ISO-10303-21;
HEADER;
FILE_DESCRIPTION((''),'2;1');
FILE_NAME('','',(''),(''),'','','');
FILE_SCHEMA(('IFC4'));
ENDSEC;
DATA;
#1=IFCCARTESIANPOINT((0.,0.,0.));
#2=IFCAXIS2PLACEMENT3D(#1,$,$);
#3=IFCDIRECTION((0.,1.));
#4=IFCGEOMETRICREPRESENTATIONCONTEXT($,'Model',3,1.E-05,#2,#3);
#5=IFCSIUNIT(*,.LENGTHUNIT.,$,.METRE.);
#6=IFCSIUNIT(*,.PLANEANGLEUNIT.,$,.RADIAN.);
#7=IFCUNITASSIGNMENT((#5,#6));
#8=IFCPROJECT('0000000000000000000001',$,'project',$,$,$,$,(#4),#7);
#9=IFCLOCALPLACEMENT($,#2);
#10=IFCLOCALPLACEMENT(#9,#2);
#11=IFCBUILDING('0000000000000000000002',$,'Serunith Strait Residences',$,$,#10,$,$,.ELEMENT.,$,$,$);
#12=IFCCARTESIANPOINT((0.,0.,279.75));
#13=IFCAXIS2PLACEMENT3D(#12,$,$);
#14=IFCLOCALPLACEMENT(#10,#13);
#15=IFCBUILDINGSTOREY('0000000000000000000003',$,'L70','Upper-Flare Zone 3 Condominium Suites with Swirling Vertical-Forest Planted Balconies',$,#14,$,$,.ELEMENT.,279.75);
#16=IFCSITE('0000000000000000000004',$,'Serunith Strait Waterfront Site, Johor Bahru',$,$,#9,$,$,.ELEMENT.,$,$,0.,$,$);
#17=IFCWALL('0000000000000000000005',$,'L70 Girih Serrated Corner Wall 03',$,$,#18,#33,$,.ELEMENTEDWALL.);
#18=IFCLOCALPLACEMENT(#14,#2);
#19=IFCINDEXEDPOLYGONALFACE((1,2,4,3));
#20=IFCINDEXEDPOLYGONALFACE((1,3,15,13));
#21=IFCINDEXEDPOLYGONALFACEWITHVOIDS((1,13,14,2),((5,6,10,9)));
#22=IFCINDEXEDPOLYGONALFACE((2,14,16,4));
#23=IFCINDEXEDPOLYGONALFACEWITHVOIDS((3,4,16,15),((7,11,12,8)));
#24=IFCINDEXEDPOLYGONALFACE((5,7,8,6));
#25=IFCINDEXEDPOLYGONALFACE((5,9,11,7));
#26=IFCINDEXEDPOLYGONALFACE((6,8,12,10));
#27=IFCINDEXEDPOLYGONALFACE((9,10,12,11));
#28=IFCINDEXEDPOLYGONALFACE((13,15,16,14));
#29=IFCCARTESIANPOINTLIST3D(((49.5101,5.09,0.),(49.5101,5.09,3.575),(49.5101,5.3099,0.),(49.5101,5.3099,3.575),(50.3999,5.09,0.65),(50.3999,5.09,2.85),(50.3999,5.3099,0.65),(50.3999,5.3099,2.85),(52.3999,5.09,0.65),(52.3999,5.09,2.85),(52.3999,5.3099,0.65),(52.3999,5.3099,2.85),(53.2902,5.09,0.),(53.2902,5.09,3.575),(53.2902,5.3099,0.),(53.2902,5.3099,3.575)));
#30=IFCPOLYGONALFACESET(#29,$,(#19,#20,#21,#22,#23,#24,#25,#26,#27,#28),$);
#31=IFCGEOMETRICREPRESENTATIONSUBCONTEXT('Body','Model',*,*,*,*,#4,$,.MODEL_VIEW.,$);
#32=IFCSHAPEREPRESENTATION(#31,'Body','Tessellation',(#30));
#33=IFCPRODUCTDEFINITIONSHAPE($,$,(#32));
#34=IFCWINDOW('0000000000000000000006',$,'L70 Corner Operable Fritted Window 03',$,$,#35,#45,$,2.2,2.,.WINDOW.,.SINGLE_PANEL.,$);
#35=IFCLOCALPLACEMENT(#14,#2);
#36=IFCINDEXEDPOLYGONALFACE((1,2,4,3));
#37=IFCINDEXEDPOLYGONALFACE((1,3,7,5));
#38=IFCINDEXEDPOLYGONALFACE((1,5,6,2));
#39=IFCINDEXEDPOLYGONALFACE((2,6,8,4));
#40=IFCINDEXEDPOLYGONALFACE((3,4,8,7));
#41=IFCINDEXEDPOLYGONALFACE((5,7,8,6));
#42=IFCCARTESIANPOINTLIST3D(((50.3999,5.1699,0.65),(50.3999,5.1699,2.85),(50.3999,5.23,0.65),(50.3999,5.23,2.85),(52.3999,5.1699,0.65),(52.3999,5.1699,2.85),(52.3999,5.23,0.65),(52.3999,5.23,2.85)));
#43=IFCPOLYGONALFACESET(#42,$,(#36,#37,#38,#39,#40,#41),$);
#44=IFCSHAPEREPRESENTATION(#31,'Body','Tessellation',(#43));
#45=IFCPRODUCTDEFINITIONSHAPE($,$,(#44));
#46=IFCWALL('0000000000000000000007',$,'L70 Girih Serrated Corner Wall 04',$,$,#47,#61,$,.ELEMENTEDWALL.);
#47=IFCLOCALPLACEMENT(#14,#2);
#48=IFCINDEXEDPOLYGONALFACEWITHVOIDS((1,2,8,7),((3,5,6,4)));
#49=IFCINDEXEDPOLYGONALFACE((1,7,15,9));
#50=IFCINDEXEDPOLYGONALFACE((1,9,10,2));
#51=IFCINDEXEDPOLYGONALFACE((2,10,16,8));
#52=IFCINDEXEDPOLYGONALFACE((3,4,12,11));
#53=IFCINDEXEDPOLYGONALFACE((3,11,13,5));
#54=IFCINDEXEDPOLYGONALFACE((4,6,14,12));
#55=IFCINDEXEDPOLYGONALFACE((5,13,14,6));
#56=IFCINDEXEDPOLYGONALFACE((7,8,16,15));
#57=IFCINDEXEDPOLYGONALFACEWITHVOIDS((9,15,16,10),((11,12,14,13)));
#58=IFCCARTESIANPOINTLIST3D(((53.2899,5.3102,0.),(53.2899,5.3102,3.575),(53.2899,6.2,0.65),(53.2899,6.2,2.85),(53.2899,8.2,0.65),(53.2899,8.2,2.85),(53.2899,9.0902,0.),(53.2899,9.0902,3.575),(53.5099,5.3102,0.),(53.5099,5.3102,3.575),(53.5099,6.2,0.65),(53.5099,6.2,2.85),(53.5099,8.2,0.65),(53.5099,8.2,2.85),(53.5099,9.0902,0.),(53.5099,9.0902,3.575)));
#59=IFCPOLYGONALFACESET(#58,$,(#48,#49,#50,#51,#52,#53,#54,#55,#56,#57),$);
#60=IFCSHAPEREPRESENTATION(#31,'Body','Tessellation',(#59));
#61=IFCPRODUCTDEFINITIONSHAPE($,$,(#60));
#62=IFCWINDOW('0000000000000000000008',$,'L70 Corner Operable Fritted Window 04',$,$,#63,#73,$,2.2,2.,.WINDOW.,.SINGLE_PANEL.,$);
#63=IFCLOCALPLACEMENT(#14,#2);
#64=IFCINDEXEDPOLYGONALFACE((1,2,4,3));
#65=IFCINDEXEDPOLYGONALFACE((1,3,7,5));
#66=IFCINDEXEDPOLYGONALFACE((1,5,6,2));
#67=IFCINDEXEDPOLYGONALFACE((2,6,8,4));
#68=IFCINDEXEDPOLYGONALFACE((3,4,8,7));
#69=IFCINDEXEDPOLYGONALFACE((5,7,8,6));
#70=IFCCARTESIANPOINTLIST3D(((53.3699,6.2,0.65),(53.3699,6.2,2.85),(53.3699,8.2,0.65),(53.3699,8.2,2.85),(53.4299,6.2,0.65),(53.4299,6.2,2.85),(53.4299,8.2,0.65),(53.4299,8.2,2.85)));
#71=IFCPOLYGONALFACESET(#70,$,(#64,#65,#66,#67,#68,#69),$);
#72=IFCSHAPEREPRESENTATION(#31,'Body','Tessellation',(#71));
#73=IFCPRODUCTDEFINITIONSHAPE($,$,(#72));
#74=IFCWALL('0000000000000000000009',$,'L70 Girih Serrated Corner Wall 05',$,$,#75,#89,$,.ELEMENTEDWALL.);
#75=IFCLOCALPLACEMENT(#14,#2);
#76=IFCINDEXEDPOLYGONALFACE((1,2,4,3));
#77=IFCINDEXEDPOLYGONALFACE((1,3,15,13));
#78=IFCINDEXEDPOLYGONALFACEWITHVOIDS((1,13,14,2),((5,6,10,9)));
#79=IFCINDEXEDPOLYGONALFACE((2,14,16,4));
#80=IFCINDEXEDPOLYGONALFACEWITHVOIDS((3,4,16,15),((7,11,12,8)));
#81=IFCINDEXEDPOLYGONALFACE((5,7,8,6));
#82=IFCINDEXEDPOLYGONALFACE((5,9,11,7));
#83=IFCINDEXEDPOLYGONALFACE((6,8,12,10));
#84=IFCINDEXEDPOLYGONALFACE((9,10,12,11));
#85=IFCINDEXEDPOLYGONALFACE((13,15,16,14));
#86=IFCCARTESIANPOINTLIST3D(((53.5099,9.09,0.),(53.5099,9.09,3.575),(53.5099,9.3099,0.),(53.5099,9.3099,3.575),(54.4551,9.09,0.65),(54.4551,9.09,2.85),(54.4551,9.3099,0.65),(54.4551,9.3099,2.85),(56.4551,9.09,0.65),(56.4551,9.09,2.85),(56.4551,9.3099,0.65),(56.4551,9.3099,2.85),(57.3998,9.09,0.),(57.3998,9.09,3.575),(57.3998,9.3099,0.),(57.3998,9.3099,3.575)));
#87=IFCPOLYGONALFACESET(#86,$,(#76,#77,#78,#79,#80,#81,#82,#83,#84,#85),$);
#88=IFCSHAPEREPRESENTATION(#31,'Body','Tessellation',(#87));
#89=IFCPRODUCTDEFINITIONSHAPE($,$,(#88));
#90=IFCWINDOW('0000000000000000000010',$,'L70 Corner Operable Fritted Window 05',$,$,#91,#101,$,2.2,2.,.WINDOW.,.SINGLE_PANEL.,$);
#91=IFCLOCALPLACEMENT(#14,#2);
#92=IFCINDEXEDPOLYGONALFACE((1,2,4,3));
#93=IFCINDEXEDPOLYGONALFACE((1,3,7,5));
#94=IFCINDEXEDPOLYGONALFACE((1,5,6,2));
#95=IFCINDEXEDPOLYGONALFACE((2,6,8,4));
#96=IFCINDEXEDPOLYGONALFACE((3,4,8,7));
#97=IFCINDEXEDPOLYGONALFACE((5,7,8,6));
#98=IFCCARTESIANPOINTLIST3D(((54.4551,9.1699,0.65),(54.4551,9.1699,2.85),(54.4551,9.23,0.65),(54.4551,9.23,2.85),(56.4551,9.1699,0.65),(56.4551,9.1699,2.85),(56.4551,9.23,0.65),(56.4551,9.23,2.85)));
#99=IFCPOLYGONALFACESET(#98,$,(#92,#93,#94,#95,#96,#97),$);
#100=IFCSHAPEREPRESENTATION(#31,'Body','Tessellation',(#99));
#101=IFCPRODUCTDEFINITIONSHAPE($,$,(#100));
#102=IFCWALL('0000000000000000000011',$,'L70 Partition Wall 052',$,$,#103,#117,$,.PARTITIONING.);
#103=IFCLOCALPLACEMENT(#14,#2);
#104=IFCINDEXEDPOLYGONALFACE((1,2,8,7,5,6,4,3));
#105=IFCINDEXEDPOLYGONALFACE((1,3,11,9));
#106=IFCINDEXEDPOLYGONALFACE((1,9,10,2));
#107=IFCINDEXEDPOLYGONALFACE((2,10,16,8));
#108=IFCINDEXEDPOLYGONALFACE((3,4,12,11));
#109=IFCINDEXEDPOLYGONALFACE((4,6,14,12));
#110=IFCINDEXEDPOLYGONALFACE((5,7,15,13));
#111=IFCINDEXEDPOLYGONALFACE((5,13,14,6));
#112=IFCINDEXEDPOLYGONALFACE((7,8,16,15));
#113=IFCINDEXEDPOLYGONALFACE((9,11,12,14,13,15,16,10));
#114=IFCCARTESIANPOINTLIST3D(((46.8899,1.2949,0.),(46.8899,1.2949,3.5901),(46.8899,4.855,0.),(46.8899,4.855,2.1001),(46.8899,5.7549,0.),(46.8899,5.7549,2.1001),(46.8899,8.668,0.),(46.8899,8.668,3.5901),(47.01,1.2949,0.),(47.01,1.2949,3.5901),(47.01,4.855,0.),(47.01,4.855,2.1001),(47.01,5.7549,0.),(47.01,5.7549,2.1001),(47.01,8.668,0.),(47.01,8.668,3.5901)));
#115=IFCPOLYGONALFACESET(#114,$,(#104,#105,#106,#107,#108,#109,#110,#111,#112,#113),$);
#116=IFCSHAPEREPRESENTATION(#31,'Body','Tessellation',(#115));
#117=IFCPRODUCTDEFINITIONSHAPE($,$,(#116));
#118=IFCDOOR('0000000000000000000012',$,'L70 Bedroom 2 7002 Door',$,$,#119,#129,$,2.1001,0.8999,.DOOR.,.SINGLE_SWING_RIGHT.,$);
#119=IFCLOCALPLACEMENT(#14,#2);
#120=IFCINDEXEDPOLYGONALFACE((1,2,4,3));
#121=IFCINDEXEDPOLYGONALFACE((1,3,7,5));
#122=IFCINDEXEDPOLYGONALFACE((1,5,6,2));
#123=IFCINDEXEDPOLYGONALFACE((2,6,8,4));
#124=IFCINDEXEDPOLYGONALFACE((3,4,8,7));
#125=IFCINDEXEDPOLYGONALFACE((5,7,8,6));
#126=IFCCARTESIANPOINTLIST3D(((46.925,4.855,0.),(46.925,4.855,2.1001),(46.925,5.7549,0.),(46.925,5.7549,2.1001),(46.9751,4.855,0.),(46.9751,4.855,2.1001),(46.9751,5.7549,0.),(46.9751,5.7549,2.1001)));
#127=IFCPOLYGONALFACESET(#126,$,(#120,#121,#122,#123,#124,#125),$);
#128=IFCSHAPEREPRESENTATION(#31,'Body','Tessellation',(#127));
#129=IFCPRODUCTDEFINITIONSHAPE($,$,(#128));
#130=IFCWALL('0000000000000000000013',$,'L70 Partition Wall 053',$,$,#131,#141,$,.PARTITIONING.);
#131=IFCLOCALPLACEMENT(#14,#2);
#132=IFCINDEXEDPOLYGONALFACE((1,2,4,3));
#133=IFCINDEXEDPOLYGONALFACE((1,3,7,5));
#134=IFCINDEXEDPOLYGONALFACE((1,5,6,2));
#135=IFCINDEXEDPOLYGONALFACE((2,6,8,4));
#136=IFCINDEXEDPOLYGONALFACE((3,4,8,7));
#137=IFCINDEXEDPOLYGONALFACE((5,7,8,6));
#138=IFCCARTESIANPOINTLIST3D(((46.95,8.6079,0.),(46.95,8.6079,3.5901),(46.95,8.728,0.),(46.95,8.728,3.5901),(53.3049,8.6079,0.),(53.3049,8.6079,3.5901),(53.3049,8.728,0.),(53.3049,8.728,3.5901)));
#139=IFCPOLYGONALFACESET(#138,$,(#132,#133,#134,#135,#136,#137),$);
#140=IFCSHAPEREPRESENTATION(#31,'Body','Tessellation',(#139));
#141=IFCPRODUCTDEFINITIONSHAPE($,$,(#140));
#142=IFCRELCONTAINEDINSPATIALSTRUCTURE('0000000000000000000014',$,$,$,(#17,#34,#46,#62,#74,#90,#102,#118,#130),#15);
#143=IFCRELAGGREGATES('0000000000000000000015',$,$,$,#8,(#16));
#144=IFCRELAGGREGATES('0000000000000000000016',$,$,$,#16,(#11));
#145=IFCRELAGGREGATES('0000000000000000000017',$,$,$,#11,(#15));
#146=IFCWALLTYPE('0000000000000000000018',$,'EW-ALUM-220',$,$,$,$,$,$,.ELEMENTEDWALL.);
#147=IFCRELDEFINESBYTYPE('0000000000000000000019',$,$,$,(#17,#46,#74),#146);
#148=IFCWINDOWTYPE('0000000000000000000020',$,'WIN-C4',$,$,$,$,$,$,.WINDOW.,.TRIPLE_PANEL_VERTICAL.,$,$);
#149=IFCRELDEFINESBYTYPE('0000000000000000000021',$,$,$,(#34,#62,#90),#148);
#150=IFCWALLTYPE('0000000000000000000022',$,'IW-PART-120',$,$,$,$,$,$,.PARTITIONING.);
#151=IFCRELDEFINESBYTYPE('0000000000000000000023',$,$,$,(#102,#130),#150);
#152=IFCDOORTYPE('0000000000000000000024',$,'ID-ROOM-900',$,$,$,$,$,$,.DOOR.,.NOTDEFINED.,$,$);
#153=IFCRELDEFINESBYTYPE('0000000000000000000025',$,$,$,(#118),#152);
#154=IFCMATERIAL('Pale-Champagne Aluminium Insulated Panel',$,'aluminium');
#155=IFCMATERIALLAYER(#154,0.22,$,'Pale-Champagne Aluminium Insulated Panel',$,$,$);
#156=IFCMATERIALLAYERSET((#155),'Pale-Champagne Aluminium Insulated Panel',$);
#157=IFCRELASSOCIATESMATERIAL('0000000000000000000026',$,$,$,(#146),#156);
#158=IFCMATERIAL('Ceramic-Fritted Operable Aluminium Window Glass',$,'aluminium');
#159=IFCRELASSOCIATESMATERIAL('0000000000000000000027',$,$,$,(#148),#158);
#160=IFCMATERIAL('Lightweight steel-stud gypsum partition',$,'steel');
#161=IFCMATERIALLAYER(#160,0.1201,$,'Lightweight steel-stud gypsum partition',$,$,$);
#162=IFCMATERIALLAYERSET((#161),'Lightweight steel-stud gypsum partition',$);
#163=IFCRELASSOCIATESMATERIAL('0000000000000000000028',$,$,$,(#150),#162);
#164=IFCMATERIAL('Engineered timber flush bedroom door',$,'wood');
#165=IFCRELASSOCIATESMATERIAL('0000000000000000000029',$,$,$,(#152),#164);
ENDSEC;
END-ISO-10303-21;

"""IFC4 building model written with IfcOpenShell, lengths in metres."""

from ifc_helpers import new_model, si_unit, direction, frame, frame_2d, origin, place, context, subcontext, project, spatial, rectangle, extrude, source, transform, mapped, material, layer, layer_set, type_object, element, fill, save


model = new_model("IFC4")

# Units and contexts
model_context = context("Model", 3, precision=1e-05, world=origin(), true_north=direction((0.0, 1.0)))
body_context = subcontext(model_context, "Body", "Model", "MODEL_VIEW")
ifc_project = project(units=[si_unit("LENGTHUNIT", "METRE"), si_unit("PLANEANGLEUNIT", "RADIAN")], contexts=[model_context])

# Site, building, storey
site_placement = place(None, origin())
site = spatial("IfcSite", under=ifc_project, at=site_placement, Name="Serunith Strait Waterfront Site, Johor Bahru", CompositionType="ELEMENT", RefElevation=0.0)
building_placement = place(site_placement, origin())
building = spatial("IfcBuilding", under=site, at=building_placement, Name="Serunith Strait Residences", CompositionType="ELEMENT")
storey_placement = place(building_placement, frame((0.0, 0.0, 279.75)))
storey = spatial("IfcBuildingStorey", under=building, at=storey_placement, Name="L70", Description="Upper-Flare Zone 3 Condominium Suites with Swirling Vertical-Forest Planted Balconies", CompositionType="ELEMENT", Elevation=279.75)

# Walls, openings, windows
ifc_material_1 = material(Name="Pale-Champagne Aluminium Insulated Panel", Category="aluminium")
ifc_layer_1 = layer(ifc_material_1, 0.22, Name="Pale-Champagne Aluminium Insulated Panel")
ifc_layer_set_1 = layer_set([ifc_layer_1], Name="Pale-Champagne Aluminium Insulated Panel")
wall_type_1 = type_object("IfcWallType", Name="EW-ALUM-220", PredefinedType="ELEMENTEDWALL", material=ifc_layer_set_1)
ifc_material_2 = material(Name="Ceramic-Fritted Operable Aluminium Window Glass", Category="aluminium")
window_type = type_object("IfcWindowType", Name="WIN-C4", PartitioningType="TRIPLE_PANEL_VERTICAL", PredefinedType="WINDOW", material=ifc_material_2)
shared_shape_1 = source(origin(), body_context, "Body", "SweptSolid", [
    extrude(rectangle(XDim=2.0, YDim=2.2, at=frame_2d((1.0, 1.1001))), frame((0.0, 0.03, 0.0), z_axis=(0.0, -1.0, 0.0), x_axis=(1.0, 0.0, 0.0)), (0.0, 0.0, 1.0), 0.0601),
])
wall_1_placement = place(storey_placement, frame((49.51, 5.2, 0.0), z_axis=(0.0, 0.0, 1.0), x_axis=(1.0, 0.0, 0.0)))
wall_1 = element("IfcWall", 1, at=wall_1_placement, inside=storey, type_object=wall_type_1, Name="L70 Girih Serrated Corner Wall 03", PredefinedType="ELEMENTEDWALL", context=body_context, shape_type="SweptSolid", body=[
    extrude(rectangle(XDim=3.78, YDim=0.22, at=frame_2d((1.8901, 0.0))), origin(), (0.0, 0.0, 1.0), 3.575),
])
opening_1_placement = place(wall_1_placement, frame((0.8899, 0.0, 0.6499)))
opening_1 = element("IfcOpeningElement", 2, at=opening_1_placement, cuts=wall_1, PredefinedType="OPENING", context=body_context, shape_type="SweptSolid", body=[
    extrude(rectangle(XDim=2.0, YDim=2.2, at=frame_2d((1.0, 1.1001))), frame((0.0, 0.1201, 0.0), z_axis=(0.0, -1.0, 0.0), x_axis=(1.0, 0.0, 0.0)), (0.0, 0.0, 1.0), 0.24),
])
window_1_placement = place(opening_1_placement, origin())
window_1 = element("IfcWindow", 3, at=window_1_placement, inside=storey, type_object=window_type, Name="L70 Corner Operable Fritted Window 03", OverallHeight=2.2, OverallWidth=2.0, PartitioningType="SINGLE_PANEL", PredefinedType="WINDOW", context=body_context, shape_type="MappedRepresentation", body=[
    mapped(shared_shape_1, transform((0.0, 0.0, 0.0), scale=1.0)),
])
fill(opening_1, window_1)
wall_2_placement = place(storey_placement, frame((53.3999, 5.3101, 0.0), z_axis=(0.0, 0.0, 1.0), x_axis=(0.0, 1.0, 0.0)))
wall_2 = element("IfcWall", 4, at=wall_2_placement, inside=storey, type_object=wall_type_1, Name="L70 Girih Serrated Corner Wall 04", PredefinedType="ELEMENTEDWALL", context=body_context, shape_type="SweptSolid", body=[
    extrude(rectangle(XDim=3.78, YDim=0.22, at=frame_2d((1.8901, 0.0))), origin(), (0.0, 0.0, 1.0), 3.575),
])
opening_2_placement = place(wall_2_placement, frame((0.8899, 0.0, 0.6499)))
opening_2 = element("IfcOpeningElement", 5, at=opening_2_placement, cuts=wall_2, PredefinedType="OPENING", context=body_context, shape_type="SweptSolid", body=[
    extrude(rectangle(XDim=2.0, YDim=2.2, at=frame_2d((1.0, 1.1001))), frame((0.0, 0.1201, 0.0), z_axis=(0.0, -1.0, 0.0), x_axis=(1.0, 0.0, 0.0)), (0.0, 0.0, 1.0), 0.24),
])
window_2_placement = place(opening_2_placement, origin())
window_2 = element("IfcWindow", 6, at=window_2_placement, inside=storey, type_object=window_type, Name="L70 Corner Operable Fritted Window 04", OverallHeight=2.2, OverallWidth=2.0, PartitioningType="SINGLE_PANEL", PredefinedType="WINDOW", context=body_context, shape_type="MappedRepresentation", body=[
    mapped(shared_shape_1, transform((0.0, 0.0, 0.0), scale=1.0)),
])
fill(opening_2, window_2)
wall_3_placement = place(storey_placement, frame((53.51, 9.2, 0.0), z_axis=(0.0, 0.0, 1.0), x_axis=(1.0, 0.0, 0.0)))
wall_3 = element("IfcWall", 7, at=wall_3_placement, inside=storey, type_object=wall_type_1, Name="L70 Girih Serrated Corner Wall 05", PredefinedType="ELEMENTEDWALL", context=body_context, shape_type="SweptSolid", body=[
    extrude(rectangle(XDim=3.8899, YDim=0.22, at=frame_2d((1.9448, 0.0))), origin(), (0.0, 0.0, 1.0), 3.575),
])
opening_3_placement = place(wall_3_placement, frame((0.9451, 0.0, 0.6499)))
opening_3 = element("IfcOpeningElement", 8, at=opening_3_placement, cuts=wall_3, PredefinedType="OPENING", context=body_context, shape_type="SweptSolid", body=[
    extrude(rectangle(XDim=2.0, YDim=2.2, at=frame_2d((1.0, 1.1001))), frame((0.0, 0.1201, 0.0), z_axis=(0.0, -1.0, 0.0), x_axis=(1.0, 0.0, 0.0)), (0.0, 0.0, 1.0), 0.24),
])
window_3_placement = place(opening_3_placement, origin())
window_3 = element("IfcWindow", 9, at=window_3_placement, inside=storey, type_object=window_type, Name="L70 Corner Operable Fritted Window 05", OverallHeight=2.2, OverallWidth=2.0, PartitioningType="SINGLE_PANEL", PredefinedType="WINDOW", context=body_context, shape_type="MappedRepresentation", body=[
    mapped(shared_shape_1, transform((0.0, 0.0, 0.0), scale=1.0)),
])
fill(opening_3, window_3)

# Wall, opening, door
ifc_material_3 = material(Name="Lightweight steel-stud gypsum partition", Category="steel")
ifc_layer_2 = layer(ifc_material_3, 0.1201, Name="Lightweight steel-stud gypsum partition")
ifc_layer_set_2 = layer_set([ifc_layer_2], Name="Lightweight steel-stud gypsum partition")
wall_type_2 = type_object("IfcWallType", Name="IW-PART-120", PredefinedType="PARTITIONING", material=ifc_layer_set_2)
wall_4_placement = place(storey_placement, frame((46.95, 1.2949, 0.0), z_axis=(0.0, 0.0, 1.0), x_axis=(0.0, 1.0, 0.0)))
wall_4 = element("IfcWall", 10, at=wall_4_placement, inside=storey, type_object=wall_type_2, Name="L70 Partition Wall 052", PredefinedType="PARTITIONING", context=body_context, shape_type="SweptSolid", body=[
    extrude(rectangle(XDim=7.373, YDim=0.1201, at=frame_2d((3.6865, 0.0))), origin(), (0.0, 0.0, 1.0), 3.5901),
])
opening_4_placement = place(wall_4_placement, frame((3.5601, 0.0, 0.0)))
opening_4 = element("IfcOpeningElement", 11, at=opening_4_placement, cuts=wall_4, PredefinedType="OPENING", context=body_context, shape_type="SweptSolid", body=[
    extrude(rectangle(XDim=0.8999, YDim=2.1001, at=frame_2d((0.45, 1.05))), frame((0.0, 0.0701, 0.0), z_axis=(0.0, -1.0, 0.0), x_axis=(1.0, 0.0, 0.0)), (0.0, 0.0, 1.0), 0.1401),
])
ifc_material_4 = material(Name="Engineered timber flush bedroom door", Category="wood")
door_type_1 = type_object("IfcDoorType", Name="ID-ROOM-900", OperationType="NOTDEFINED", PredefinedType="DOOR", material=ifc_material_4)
shared_shape_2 = source(origin(), body_context, "Body", "SweptSolid", [
    extrude(rectangle(XDim=0.8999, YDim=2.1001, at=frame_2d((0.45, 1.05))), frame((0.0, 0.0249, 0.0), z_axis=(0.0, -1.0, 0.0), x_axis=(1.0, 0.0, 0.0)), (0.0, 0.0, 1.0), 0.05),
])
door_1_placement = place(opening_4_placement, origin())
door_1 = element("IfcDoor", 12, at=door_1_placement, inside=storey, type_object=door_type_1, Name="L70 Bedroom 2 7002 Door", OperationType="SINGLE_SWING_RIGHT", OverallHeight=2.1001, OverallWidth=0.8999, PredefinedType="DOOR", context=body_context, shape_type="MappedRepresentation", body=[
    mapped(shared_shape_2, transform((0.0, 0.0, 0.0), scale=1.0)),
])
fill(opening_4, door_1)

# Wall
wall_5_placement = place(storey_placement, frame((46.95, 8.668, 0.0), z_axis=(0.0, 0.0, 1.0), x_axis=(1.0, 0.0, 0.0)))
element("IfcWall", 13, at=wall_5_placement, inside=storey, type_object=wall_type_2, Name="L70 Partition Wall 053", PredefinedType="PARTITIONING", context=body_context, shape_type="SweptSolid", body=[
    extrude(rectangle(XDim=6.355, YDim=0.1201, at=frame_2d((3.1775, 0.0))), origin(), (0.0, 0.0, 1.0), 3.5901),
])

save(model, "model.ifc")
